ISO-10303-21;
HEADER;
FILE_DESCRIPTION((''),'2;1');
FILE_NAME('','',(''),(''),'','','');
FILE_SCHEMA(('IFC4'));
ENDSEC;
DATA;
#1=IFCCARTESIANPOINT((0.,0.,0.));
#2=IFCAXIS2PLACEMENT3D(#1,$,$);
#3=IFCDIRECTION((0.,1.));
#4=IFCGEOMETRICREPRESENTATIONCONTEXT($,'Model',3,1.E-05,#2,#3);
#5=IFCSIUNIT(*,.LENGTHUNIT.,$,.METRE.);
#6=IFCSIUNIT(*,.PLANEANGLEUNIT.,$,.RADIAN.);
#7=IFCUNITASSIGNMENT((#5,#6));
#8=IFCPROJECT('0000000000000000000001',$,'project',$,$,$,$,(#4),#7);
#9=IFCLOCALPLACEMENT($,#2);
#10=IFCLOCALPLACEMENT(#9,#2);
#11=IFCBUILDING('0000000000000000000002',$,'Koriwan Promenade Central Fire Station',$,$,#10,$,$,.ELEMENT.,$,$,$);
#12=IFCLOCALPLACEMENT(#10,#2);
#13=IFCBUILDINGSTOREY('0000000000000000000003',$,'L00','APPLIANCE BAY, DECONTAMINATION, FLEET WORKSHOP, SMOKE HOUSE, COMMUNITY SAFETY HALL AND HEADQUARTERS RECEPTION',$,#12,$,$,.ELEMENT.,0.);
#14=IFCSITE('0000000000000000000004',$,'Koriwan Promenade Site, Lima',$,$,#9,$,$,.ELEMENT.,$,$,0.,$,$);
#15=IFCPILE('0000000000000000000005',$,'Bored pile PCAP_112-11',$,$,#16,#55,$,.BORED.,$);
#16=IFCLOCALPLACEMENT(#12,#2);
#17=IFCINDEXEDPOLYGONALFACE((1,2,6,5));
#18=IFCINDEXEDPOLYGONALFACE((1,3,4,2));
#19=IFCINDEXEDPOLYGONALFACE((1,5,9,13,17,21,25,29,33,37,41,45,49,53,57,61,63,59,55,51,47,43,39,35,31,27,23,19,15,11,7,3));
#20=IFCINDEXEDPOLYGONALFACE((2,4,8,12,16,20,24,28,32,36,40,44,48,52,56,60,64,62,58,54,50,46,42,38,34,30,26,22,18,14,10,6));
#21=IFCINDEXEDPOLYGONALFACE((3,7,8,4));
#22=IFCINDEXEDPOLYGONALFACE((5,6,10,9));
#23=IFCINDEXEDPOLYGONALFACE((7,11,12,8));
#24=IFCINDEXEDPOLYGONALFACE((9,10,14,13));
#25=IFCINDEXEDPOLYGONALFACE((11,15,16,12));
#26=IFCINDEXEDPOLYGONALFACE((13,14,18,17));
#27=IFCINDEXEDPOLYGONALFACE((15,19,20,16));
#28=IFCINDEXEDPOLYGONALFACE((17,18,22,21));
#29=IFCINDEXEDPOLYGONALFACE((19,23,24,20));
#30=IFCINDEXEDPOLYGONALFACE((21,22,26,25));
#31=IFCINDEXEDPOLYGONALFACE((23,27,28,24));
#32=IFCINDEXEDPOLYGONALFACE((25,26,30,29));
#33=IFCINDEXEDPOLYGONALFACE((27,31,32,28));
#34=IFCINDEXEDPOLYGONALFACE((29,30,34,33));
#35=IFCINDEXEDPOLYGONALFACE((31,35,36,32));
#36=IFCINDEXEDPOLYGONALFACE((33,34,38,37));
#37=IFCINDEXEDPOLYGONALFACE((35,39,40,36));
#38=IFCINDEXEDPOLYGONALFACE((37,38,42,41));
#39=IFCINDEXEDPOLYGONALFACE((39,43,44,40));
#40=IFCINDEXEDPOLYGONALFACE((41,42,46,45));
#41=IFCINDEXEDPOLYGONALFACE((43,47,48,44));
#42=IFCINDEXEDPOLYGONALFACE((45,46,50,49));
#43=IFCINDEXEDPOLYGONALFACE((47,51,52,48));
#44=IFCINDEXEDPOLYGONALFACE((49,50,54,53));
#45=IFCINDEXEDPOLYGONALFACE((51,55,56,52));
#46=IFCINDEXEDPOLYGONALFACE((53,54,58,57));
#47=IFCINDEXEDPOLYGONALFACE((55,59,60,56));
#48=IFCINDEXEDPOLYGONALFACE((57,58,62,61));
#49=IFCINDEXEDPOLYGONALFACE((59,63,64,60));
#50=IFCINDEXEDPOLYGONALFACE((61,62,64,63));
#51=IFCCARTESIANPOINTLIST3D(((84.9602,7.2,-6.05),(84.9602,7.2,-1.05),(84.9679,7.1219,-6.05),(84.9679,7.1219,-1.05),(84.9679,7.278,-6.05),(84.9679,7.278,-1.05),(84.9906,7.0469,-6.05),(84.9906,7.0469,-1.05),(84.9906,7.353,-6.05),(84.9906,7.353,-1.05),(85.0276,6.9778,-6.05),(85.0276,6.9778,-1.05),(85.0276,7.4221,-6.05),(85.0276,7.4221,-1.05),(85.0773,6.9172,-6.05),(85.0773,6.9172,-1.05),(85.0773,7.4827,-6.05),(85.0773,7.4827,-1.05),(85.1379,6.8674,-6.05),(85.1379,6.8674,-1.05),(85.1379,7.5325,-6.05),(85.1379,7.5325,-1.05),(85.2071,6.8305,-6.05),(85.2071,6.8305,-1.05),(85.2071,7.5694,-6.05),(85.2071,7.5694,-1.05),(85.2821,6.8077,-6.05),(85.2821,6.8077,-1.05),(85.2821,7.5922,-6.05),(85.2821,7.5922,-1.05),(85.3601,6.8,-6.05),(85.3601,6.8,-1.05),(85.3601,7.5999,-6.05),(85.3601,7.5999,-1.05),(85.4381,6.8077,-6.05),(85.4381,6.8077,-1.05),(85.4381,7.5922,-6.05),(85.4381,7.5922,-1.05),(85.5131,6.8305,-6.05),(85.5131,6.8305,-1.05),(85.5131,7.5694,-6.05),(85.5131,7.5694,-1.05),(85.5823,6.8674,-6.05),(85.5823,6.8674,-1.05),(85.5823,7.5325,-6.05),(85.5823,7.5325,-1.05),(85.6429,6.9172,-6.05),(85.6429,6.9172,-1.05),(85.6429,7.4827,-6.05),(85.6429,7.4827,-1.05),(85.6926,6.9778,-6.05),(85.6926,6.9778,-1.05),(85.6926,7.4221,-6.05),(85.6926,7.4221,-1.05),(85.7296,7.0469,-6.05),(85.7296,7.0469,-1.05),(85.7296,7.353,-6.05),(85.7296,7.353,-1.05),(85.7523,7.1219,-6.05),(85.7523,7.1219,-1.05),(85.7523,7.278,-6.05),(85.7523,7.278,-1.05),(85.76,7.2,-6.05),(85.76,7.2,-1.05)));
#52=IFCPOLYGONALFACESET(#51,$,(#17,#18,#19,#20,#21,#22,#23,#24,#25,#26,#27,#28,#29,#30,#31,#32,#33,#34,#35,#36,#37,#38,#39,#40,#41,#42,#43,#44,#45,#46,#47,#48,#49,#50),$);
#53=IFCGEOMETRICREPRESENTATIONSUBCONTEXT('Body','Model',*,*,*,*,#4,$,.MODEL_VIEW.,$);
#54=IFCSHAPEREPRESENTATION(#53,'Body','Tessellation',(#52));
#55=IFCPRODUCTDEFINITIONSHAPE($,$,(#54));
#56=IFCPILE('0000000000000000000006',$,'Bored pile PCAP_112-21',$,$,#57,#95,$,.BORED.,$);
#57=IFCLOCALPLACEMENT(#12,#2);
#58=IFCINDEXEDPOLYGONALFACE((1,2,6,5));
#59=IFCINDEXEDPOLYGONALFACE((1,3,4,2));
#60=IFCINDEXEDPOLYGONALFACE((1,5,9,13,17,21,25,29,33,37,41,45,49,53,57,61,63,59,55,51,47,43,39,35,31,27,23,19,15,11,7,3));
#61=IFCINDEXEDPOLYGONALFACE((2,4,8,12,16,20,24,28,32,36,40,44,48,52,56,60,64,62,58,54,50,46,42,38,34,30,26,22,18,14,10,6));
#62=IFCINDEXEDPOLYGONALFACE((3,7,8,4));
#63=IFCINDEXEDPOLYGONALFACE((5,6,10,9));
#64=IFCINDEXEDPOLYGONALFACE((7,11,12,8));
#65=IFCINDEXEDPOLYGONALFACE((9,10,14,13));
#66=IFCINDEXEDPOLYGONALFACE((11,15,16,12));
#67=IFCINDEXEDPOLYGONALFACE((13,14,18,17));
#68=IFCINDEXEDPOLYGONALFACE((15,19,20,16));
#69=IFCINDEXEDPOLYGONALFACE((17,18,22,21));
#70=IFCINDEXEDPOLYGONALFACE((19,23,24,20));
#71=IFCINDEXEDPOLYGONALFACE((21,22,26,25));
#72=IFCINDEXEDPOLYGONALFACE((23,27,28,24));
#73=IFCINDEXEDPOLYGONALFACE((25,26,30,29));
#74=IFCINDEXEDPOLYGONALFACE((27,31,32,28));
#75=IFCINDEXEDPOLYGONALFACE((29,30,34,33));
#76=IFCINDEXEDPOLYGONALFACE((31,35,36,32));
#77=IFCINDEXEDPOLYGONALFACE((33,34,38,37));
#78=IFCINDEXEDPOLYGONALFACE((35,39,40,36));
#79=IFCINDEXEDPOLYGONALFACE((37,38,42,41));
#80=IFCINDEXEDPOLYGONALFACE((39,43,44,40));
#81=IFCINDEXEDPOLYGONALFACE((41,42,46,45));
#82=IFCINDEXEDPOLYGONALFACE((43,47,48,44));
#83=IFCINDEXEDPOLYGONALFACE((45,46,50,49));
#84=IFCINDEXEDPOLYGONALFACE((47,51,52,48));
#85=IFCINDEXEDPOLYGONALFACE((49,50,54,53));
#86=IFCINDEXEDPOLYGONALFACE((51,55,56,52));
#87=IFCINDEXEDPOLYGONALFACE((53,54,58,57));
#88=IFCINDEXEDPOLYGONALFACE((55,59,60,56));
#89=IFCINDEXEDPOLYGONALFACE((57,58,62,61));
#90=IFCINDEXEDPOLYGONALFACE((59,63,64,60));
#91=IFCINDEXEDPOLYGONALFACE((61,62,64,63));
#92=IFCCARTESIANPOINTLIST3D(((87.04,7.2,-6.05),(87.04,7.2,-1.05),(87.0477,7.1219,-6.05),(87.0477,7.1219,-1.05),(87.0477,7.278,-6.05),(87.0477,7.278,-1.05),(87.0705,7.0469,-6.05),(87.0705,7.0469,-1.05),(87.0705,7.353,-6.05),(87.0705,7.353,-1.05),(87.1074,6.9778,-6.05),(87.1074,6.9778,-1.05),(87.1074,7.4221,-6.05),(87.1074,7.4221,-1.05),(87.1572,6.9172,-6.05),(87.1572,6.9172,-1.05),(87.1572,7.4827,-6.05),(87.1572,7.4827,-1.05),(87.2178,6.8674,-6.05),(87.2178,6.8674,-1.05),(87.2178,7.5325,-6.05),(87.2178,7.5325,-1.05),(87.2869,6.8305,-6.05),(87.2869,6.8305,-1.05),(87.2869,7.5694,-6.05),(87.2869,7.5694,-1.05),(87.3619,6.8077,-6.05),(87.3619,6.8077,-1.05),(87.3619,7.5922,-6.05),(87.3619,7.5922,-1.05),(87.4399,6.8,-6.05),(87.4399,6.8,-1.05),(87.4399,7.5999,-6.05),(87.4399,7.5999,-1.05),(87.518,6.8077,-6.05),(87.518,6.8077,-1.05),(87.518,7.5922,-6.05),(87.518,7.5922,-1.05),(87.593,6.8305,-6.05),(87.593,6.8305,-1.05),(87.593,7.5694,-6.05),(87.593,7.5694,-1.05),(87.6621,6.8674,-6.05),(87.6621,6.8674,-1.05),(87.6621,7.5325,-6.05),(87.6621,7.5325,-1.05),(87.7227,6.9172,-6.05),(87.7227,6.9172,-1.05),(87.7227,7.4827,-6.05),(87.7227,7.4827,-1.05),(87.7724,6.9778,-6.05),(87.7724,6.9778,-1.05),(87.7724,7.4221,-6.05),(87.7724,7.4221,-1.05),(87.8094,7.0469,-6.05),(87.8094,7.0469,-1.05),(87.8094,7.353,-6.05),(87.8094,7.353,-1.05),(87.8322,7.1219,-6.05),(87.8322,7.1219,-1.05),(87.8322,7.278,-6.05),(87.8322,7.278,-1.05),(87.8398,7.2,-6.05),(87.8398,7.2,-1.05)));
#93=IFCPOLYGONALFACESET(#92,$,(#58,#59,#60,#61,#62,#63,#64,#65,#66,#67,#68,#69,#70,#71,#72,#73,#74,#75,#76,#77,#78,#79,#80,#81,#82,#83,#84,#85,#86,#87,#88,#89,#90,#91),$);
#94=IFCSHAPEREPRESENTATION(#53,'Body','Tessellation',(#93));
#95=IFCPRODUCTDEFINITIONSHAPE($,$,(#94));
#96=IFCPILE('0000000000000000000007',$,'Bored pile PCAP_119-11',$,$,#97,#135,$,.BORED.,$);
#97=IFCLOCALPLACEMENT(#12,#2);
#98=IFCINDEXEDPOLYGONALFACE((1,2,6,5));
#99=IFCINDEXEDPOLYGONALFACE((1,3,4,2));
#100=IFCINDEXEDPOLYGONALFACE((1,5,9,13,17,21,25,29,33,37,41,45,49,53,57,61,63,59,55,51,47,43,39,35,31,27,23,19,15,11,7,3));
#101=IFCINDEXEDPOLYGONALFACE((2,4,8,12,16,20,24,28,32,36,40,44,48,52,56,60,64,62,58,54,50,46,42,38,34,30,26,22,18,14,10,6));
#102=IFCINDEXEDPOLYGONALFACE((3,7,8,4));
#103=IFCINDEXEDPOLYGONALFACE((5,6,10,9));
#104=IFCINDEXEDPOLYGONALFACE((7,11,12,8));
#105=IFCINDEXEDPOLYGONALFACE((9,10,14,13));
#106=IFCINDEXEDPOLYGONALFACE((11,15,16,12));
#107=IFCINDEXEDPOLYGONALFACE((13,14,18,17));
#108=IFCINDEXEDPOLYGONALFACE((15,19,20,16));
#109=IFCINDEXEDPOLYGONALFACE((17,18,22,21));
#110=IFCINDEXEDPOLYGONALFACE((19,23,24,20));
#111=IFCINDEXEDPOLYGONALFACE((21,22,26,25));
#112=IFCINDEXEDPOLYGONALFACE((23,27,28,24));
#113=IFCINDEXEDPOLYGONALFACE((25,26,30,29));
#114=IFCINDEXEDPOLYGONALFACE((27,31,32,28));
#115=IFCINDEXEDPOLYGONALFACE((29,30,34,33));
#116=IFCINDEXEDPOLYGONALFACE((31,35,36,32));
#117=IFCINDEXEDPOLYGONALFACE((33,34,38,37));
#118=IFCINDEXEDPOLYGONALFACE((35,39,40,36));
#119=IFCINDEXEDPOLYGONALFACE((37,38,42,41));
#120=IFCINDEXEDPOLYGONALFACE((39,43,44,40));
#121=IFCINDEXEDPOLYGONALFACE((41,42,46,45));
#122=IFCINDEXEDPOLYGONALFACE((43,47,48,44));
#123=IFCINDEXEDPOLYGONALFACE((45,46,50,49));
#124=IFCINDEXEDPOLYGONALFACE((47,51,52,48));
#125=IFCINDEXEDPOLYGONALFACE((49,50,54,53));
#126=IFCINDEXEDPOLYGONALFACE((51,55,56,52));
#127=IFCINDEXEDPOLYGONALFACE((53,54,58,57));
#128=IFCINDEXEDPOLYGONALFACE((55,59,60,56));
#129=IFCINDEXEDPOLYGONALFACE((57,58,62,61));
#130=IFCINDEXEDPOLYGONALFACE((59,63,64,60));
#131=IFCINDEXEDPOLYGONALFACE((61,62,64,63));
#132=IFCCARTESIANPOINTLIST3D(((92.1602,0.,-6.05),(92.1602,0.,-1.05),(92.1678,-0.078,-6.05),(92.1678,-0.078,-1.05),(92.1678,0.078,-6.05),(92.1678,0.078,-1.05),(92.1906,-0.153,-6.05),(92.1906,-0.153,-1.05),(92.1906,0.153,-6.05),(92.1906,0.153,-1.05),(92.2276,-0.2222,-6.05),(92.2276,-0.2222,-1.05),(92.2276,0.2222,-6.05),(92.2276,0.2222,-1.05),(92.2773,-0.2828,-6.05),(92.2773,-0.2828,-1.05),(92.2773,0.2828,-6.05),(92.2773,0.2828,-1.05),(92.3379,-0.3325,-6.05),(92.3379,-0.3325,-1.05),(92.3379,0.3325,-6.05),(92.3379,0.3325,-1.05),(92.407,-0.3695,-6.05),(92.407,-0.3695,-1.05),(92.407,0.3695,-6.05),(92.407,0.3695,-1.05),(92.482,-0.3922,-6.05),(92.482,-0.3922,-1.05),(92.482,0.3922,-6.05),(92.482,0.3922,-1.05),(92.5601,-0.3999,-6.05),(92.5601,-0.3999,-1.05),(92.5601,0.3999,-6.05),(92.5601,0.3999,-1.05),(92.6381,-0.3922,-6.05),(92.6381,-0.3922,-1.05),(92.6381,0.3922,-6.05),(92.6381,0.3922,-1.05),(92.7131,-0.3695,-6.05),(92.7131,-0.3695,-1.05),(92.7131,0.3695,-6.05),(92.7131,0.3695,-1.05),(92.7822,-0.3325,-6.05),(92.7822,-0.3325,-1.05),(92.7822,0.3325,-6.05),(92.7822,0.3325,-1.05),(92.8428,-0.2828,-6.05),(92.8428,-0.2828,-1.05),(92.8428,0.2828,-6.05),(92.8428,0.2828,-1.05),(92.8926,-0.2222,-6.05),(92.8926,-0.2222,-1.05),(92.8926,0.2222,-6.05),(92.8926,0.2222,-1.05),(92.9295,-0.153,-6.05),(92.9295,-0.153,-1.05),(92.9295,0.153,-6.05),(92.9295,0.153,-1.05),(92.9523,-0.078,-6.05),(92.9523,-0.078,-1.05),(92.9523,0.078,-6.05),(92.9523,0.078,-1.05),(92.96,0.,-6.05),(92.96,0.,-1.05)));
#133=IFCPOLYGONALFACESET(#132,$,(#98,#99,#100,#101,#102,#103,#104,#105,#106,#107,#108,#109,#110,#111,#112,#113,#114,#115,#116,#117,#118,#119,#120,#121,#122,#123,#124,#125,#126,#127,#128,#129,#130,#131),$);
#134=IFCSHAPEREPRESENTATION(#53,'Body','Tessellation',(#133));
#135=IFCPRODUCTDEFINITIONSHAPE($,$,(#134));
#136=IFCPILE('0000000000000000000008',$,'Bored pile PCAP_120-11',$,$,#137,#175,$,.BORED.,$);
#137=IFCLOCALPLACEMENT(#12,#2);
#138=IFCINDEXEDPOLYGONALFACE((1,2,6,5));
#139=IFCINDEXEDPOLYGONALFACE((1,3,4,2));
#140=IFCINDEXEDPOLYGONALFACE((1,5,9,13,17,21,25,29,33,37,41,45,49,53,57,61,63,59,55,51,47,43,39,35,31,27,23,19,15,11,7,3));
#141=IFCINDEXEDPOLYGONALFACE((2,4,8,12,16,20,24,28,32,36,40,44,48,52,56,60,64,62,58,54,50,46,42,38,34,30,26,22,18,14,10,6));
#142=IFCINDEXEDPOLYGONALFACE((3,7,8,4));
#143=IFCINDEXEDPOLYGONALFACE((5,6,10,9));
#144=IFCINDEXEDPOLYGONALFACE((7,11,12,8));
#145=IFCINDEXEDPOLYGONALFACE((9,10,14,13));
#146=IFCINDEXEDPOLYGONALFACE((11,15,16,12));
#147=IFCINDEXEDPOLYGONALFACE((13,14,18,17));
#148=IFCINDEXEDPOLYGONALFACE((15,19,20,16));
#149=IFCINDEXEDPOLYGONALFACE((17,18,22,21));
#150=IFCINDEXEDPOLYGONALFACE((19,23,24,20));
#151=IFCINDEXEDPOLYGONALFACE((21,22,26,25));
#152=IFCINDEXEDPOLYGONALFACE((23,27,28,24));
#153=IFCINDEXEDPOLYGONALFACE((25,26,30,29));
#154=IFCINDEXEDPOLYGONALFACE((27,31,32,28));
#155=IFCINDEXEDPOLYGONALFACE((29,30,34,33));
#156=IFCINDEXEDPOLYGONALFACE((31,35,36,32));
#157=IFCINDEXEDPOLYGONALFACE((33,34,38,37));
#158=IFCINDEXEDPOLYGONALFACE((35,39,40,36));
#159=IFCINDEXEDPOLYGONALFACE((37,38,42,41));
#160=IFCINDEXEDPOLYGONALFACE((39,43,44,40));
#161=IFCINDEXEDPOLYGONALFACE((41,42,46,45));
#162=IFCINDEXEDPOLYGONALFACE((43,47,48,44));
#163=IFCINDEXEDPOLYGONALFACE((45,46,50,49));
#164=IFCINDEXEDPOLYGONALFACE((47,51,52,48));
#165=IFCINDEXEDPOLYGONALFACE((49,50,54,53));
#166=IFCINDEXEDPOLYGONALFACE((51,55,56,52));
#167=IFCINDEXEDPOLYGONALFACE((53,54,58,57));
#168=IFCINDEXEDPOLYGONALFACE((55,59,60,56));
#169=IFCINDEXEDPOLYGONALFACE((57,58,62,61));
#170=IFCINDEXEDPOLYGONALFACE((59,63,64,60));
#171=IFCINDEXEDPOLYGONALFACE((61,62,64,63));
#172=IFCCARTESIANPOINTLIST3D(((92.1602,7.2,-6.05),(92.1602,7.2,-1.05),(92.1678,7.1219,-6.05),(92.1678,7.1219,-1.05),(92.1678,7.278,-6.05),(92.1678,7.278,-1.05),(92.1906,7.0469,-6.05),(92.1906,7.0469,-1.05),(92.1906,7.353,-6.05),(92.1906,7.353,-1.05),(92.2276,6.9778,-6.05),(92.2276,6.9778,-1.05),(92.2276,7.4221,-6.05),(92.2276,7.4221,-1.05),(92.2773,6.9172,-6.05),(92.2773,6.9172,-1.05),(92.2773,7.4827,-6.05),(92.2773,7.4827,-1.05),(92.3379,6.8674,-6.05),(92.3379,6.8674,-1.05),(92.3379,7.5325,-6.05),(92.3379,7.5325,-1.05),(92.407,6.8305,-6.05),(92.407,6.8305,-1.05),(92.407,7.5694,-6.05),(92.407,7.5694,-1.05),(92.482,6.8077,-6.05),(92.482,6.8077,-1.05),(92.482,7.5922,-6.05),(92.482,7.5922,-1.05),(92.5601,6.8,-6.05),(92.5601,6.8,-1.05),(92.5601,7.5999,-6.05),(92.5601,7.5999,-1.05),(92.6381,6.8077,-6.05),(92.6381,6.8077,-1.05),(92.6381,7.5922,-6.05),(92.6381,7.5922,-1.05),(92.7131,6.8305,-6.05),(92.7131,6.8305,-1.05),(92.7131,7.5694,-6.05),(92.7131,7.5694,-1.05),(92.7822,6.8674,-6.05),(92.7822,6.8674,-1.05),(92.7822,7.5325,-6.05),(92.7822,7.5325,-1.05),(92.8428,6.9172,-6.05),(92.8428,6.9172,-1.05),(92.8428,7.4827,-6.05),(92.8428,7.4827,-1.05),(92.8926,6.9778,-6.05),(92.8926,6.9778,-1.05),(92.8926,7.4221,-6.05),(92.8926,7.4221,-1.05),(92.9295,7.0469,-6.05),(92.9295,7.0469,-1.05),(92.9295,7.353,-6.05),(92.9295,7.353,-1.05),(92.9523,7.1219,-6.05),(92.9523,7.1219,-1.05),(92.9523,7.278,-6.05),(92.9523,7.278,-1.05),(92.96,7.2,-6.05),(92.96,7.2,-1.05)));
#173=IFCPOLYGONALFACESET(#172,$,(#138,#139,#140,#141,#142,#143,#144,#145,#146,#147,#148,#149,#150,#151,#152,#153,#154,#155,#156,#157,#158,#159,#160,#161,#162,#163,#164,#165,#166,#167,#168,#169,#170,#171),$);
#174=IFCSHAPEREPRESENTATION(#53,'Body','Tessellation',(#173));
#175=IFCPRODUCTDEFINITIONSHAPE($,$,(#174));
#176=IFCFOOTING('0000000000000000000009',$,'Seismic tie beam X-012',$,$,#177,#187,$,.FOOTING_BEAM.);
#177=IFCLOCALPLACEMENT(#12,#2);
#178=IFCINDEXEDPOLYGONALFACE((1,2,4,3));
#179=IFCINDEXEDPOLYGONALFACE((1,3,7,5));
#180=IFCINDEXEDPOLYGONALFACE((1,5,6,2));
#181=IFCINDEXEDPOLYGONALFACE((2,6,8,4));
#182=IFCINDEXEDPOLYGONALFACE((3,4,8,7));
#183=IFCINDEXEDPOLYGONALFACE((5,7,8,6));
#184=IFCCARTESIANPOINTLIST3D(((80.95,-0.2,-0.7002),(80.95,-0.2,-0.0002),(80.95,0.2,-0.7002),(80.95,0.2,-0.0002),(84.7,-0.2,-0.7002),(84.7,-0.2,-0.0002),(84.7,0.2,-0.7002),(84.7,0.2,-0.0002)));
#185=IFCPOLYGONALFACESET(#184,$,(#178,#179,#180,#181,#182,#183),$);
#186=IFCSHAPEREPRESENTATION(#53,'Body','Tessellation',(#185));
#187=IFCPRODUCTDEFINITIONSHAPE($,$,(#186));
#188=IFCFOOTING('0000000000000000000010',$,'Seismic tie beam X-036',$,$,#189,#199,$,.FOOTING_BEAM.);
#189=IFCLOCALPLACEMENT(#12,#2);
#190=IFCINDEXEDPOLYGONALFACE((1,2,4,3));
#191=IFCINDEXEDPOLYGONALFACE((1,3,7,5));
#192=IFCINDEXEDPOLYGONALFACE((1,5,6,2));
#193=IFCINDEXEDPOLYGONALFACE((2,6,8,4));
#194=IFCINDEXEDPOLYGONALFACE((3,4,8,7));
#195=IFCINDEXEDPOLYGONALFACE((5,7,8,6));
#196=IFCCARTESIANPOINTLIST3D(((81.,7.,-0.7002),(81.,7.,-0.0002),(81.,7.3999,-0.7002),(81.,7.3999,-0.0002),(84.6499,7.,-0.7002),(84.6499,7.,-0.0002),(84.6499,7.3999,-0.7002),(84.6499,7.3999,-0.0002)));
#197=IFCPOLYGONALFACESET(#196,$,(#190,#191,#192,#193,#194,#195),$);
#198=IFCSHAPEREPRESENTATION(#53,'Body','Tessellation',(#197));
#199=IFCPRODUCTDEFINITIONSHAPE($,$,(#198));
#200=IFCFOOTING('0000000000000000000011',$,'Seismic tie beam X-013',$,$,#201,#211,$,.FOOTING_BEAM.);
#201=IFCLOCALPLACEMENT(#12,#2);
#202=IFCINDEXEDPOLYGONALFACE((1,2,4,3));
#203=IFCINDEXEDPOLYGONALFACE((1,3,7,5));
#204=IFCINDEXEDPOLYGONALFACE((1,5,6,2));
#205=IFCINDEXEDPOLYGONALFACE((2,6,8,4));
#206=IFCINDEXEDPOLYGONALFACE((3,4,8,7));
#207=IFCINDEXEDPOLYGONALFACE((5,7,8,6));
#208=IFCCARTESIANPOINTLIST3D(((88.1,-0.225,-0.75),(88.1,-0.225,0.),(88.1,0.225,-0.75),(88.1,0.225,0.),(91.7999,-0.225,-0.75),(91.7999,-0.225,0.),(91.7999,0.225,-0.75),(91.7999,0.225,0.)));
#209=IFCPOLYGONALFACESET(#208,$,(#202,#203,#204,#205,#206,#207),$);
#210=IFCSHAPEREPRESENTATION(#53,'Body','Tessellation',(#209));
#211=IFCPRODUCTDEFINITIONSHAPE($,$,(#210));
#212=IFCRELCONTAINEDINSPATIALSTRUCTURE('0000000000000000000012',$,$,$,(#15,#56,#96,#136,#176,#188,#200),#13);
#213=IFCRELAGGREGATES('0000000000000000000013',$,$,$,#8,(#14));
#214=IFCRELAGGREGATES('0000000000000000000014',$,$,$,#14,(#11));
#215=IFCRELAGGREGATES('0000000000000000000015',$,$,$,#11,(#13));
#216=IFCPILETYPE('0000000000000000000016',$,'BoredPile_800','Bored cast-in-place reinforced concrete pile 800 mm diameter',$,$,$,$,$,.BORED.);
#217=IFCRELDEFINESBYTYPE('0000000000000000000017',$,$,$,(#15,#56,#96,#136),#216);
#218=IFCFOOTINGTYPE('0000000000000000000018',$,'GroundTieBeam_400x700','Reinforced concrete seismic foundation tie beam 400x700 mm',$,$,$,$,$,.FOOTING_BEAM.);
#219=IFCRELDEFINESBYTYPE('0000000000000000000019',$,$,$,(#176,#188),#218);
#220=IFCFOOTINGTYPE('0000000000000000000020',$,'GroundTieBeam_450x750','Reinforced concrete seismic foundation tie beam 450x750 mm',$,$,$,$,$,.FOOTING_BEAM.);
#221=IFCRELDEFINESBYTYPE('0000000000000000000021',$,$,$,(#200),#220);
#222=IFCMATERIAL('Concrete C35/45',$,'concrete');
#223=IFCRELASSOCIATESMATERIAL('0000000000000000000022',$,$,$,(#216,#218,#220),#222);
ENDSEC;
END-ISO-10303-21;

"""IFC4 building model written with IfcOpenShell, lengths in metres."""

from ifc_helpers import new_model, si_unit, direction, frame, origin, origin_2d, place, context, subcontext, project, spatial, rectangle, circle, extrude, material, material_profile, profile_set, type_object, element, save


model = new_model("IFC4")

# Units and contexts
model_context = context("Model", 3, precision=1e-05, world=origin(), true_north=direction((0.0, 1.0)))
body_context = subcontext(model_context, "Body", "Model", "MODEL_VIEW")
ifc_project = project(units=[si_unit("LENGTHUNIT", "METRE"), si_unit("PLANEANGLEUNIT", "RADIAN")], contexts=[model_context])

# Site, building, storey
site_placement = place(None, origin())
site = spatial("IfcSite", under=ifc_project, at=site_placement, Name="Koriwan Promenade Site, Lima", CompositionType="ELEMENT", RefElevation=0.0)
building_placement = place(site_placement, origin())
building = spatial("IfcBuilding", under=site, at=building_placement, Name="Koriwan Promenade Central Fire Station", CompositionType="ELEMENT")
storey_placement = place(building_placement, origin())
storey = spatial("IfcBuildingStorey", under=building, at=storey_placement, Name="L00", Description="APPLIANCE BAY, DECONTAMINATION, FLEET WORKSHOP, SMOKE HOUSE, COMMUNITY SAFETY HALL AND HEADQUARTERS RECEPTION", CompositionType="ELEMENT", Elevation=0.0)

# Piles
ifc_material_1 = material(Name="Concrete C35/45", Category="concrete")
ifc_material_profile_1 = material_profile(ifc_material_1, circle(Radius=0.3999, at=origin_2d()), Name="PILE-D800")
ifc_profile_set_1 = profile_set([ifc_material_profile_1], Name="Concrete C35/45")
pile_type = type_object("IfcPileType", Name="BoredPile_800", Description="Bored cast-in-place reinforced concrete pile 800 mm diameter", PredefinedType="BORED", material=ifc_profile_set_1)
for number, where, z_axis, x_axis, name in (
    (1, (85.3601, 7.2, -1.05), (0.0, 0.0, -1.0), (1.0, 0.0, 0.0), "Bored pile PCAP_112-11"),
    (2, (87.4399, 7.2, -1.05), (0.0, 0.0, -1.0), (1.0, 0.0, 0.0), "Bored pile PCAP_112-21"),
    (3, (92.5601, 0.0, -1.05), (0.0, 0.0, -1.0), (1.0, 0.0, 0.0), "Bored pile PCAP_119-11"),
    (4, (92.5601, 7.2, -1.05), (0.0, 0.0, -1.0), (1.0, 0.0, 0.0), "Bored pile PCAP_120-11"),
):
    element("IfcPile", number, at=place(storey_placement, frame(where, z_axis=z_axis, x_axis=x_axis)), inside=storey, type_object=pile_type, Name=name, PredefinedType="BORED", context=body_context, shape_type="SweptSolid", body=[
        extrude(circle(Radius=0.3999, at=origin_2d()), origin(), (0.0, 0.0, 1.0), 5.0),
    ])

# Footings
footing_type_1 = type_object("IfcFootingType", Name="GroundTieBeam_400x700", Description="Reinforced concrete seismic foundation tie beam 400x700 mm", PredefinedType="FOOTING_BEAM", material=ifc_material_1)
footing_1_placement = place(storey_placement, frame((82.825, 0.0, -0.7002), z_axis=(0.0, 0.0, 1.0), x_axis=(1.0, 0.0, 0.0)))
element("IfcFooting", 5, at=footing_1_placement, inside=storey, type_object=footing_type_1, Name="Seismic tie beam X-012", PredefinedType="FOOTING_BEAM", context=body_context, shape_type="SweptSolid", body=[
    extrude(rectangle(XDim=3.75, YDim=0.3999, at=origin_2d()), origin(), (0.0, 0.0, 1.0), 0.7),
])
footing_2_placement = place(storey_placement, frame((82.825, 7.2, -0.7002), z_axis=(0.0, 0.0, 1.0), x_axis=(1.0, 0.0, 0.0)))
element("IfcFooting", 6, at=footing_2_placement, inside=storey, type_object=footing_type_1, Name="Seismic tie beam X-036", PredefinedType="FOOTING_BEAM", context=body_context, shape_type="SweptSolid", body=[
    extrude(rectangle(XDim=3.6499, YDim=0.3999, at=origin_2d()), origin(), (0.0, 0.0, 1.0), 0.7),
])
footing_type_2 = type_object("IfcFootingType", Name="GroundTieBeam_450x750", Description="Reinforced concrete seismic foundation tie beam 450x750 mm", PredefinedType="FOOTING_BEAM", material=ifc_material_1)
footing_3_placement = place(storey_placement, frame((89.95, 0.0, -0.75), z_axis=(0.0, 0.0, 1.0), x_axis=(1.0, 0.0, 0.0)))
element("IfcFooting", 7, at=footing_3_placement, inside=storey, type_object=footing_type_2, Name="Seismic tie beam X-013", PredefinedType="FOOTING_BEAM", context=body_context, shape_type="SweptSolid", body=[
    extrude(rectangle(XDim=3.7, YDim=0.45, at=origin_2d()), origin(), (0.0, 0.0, 1.0), 0.75),
])

save(model, "model.ifc")
